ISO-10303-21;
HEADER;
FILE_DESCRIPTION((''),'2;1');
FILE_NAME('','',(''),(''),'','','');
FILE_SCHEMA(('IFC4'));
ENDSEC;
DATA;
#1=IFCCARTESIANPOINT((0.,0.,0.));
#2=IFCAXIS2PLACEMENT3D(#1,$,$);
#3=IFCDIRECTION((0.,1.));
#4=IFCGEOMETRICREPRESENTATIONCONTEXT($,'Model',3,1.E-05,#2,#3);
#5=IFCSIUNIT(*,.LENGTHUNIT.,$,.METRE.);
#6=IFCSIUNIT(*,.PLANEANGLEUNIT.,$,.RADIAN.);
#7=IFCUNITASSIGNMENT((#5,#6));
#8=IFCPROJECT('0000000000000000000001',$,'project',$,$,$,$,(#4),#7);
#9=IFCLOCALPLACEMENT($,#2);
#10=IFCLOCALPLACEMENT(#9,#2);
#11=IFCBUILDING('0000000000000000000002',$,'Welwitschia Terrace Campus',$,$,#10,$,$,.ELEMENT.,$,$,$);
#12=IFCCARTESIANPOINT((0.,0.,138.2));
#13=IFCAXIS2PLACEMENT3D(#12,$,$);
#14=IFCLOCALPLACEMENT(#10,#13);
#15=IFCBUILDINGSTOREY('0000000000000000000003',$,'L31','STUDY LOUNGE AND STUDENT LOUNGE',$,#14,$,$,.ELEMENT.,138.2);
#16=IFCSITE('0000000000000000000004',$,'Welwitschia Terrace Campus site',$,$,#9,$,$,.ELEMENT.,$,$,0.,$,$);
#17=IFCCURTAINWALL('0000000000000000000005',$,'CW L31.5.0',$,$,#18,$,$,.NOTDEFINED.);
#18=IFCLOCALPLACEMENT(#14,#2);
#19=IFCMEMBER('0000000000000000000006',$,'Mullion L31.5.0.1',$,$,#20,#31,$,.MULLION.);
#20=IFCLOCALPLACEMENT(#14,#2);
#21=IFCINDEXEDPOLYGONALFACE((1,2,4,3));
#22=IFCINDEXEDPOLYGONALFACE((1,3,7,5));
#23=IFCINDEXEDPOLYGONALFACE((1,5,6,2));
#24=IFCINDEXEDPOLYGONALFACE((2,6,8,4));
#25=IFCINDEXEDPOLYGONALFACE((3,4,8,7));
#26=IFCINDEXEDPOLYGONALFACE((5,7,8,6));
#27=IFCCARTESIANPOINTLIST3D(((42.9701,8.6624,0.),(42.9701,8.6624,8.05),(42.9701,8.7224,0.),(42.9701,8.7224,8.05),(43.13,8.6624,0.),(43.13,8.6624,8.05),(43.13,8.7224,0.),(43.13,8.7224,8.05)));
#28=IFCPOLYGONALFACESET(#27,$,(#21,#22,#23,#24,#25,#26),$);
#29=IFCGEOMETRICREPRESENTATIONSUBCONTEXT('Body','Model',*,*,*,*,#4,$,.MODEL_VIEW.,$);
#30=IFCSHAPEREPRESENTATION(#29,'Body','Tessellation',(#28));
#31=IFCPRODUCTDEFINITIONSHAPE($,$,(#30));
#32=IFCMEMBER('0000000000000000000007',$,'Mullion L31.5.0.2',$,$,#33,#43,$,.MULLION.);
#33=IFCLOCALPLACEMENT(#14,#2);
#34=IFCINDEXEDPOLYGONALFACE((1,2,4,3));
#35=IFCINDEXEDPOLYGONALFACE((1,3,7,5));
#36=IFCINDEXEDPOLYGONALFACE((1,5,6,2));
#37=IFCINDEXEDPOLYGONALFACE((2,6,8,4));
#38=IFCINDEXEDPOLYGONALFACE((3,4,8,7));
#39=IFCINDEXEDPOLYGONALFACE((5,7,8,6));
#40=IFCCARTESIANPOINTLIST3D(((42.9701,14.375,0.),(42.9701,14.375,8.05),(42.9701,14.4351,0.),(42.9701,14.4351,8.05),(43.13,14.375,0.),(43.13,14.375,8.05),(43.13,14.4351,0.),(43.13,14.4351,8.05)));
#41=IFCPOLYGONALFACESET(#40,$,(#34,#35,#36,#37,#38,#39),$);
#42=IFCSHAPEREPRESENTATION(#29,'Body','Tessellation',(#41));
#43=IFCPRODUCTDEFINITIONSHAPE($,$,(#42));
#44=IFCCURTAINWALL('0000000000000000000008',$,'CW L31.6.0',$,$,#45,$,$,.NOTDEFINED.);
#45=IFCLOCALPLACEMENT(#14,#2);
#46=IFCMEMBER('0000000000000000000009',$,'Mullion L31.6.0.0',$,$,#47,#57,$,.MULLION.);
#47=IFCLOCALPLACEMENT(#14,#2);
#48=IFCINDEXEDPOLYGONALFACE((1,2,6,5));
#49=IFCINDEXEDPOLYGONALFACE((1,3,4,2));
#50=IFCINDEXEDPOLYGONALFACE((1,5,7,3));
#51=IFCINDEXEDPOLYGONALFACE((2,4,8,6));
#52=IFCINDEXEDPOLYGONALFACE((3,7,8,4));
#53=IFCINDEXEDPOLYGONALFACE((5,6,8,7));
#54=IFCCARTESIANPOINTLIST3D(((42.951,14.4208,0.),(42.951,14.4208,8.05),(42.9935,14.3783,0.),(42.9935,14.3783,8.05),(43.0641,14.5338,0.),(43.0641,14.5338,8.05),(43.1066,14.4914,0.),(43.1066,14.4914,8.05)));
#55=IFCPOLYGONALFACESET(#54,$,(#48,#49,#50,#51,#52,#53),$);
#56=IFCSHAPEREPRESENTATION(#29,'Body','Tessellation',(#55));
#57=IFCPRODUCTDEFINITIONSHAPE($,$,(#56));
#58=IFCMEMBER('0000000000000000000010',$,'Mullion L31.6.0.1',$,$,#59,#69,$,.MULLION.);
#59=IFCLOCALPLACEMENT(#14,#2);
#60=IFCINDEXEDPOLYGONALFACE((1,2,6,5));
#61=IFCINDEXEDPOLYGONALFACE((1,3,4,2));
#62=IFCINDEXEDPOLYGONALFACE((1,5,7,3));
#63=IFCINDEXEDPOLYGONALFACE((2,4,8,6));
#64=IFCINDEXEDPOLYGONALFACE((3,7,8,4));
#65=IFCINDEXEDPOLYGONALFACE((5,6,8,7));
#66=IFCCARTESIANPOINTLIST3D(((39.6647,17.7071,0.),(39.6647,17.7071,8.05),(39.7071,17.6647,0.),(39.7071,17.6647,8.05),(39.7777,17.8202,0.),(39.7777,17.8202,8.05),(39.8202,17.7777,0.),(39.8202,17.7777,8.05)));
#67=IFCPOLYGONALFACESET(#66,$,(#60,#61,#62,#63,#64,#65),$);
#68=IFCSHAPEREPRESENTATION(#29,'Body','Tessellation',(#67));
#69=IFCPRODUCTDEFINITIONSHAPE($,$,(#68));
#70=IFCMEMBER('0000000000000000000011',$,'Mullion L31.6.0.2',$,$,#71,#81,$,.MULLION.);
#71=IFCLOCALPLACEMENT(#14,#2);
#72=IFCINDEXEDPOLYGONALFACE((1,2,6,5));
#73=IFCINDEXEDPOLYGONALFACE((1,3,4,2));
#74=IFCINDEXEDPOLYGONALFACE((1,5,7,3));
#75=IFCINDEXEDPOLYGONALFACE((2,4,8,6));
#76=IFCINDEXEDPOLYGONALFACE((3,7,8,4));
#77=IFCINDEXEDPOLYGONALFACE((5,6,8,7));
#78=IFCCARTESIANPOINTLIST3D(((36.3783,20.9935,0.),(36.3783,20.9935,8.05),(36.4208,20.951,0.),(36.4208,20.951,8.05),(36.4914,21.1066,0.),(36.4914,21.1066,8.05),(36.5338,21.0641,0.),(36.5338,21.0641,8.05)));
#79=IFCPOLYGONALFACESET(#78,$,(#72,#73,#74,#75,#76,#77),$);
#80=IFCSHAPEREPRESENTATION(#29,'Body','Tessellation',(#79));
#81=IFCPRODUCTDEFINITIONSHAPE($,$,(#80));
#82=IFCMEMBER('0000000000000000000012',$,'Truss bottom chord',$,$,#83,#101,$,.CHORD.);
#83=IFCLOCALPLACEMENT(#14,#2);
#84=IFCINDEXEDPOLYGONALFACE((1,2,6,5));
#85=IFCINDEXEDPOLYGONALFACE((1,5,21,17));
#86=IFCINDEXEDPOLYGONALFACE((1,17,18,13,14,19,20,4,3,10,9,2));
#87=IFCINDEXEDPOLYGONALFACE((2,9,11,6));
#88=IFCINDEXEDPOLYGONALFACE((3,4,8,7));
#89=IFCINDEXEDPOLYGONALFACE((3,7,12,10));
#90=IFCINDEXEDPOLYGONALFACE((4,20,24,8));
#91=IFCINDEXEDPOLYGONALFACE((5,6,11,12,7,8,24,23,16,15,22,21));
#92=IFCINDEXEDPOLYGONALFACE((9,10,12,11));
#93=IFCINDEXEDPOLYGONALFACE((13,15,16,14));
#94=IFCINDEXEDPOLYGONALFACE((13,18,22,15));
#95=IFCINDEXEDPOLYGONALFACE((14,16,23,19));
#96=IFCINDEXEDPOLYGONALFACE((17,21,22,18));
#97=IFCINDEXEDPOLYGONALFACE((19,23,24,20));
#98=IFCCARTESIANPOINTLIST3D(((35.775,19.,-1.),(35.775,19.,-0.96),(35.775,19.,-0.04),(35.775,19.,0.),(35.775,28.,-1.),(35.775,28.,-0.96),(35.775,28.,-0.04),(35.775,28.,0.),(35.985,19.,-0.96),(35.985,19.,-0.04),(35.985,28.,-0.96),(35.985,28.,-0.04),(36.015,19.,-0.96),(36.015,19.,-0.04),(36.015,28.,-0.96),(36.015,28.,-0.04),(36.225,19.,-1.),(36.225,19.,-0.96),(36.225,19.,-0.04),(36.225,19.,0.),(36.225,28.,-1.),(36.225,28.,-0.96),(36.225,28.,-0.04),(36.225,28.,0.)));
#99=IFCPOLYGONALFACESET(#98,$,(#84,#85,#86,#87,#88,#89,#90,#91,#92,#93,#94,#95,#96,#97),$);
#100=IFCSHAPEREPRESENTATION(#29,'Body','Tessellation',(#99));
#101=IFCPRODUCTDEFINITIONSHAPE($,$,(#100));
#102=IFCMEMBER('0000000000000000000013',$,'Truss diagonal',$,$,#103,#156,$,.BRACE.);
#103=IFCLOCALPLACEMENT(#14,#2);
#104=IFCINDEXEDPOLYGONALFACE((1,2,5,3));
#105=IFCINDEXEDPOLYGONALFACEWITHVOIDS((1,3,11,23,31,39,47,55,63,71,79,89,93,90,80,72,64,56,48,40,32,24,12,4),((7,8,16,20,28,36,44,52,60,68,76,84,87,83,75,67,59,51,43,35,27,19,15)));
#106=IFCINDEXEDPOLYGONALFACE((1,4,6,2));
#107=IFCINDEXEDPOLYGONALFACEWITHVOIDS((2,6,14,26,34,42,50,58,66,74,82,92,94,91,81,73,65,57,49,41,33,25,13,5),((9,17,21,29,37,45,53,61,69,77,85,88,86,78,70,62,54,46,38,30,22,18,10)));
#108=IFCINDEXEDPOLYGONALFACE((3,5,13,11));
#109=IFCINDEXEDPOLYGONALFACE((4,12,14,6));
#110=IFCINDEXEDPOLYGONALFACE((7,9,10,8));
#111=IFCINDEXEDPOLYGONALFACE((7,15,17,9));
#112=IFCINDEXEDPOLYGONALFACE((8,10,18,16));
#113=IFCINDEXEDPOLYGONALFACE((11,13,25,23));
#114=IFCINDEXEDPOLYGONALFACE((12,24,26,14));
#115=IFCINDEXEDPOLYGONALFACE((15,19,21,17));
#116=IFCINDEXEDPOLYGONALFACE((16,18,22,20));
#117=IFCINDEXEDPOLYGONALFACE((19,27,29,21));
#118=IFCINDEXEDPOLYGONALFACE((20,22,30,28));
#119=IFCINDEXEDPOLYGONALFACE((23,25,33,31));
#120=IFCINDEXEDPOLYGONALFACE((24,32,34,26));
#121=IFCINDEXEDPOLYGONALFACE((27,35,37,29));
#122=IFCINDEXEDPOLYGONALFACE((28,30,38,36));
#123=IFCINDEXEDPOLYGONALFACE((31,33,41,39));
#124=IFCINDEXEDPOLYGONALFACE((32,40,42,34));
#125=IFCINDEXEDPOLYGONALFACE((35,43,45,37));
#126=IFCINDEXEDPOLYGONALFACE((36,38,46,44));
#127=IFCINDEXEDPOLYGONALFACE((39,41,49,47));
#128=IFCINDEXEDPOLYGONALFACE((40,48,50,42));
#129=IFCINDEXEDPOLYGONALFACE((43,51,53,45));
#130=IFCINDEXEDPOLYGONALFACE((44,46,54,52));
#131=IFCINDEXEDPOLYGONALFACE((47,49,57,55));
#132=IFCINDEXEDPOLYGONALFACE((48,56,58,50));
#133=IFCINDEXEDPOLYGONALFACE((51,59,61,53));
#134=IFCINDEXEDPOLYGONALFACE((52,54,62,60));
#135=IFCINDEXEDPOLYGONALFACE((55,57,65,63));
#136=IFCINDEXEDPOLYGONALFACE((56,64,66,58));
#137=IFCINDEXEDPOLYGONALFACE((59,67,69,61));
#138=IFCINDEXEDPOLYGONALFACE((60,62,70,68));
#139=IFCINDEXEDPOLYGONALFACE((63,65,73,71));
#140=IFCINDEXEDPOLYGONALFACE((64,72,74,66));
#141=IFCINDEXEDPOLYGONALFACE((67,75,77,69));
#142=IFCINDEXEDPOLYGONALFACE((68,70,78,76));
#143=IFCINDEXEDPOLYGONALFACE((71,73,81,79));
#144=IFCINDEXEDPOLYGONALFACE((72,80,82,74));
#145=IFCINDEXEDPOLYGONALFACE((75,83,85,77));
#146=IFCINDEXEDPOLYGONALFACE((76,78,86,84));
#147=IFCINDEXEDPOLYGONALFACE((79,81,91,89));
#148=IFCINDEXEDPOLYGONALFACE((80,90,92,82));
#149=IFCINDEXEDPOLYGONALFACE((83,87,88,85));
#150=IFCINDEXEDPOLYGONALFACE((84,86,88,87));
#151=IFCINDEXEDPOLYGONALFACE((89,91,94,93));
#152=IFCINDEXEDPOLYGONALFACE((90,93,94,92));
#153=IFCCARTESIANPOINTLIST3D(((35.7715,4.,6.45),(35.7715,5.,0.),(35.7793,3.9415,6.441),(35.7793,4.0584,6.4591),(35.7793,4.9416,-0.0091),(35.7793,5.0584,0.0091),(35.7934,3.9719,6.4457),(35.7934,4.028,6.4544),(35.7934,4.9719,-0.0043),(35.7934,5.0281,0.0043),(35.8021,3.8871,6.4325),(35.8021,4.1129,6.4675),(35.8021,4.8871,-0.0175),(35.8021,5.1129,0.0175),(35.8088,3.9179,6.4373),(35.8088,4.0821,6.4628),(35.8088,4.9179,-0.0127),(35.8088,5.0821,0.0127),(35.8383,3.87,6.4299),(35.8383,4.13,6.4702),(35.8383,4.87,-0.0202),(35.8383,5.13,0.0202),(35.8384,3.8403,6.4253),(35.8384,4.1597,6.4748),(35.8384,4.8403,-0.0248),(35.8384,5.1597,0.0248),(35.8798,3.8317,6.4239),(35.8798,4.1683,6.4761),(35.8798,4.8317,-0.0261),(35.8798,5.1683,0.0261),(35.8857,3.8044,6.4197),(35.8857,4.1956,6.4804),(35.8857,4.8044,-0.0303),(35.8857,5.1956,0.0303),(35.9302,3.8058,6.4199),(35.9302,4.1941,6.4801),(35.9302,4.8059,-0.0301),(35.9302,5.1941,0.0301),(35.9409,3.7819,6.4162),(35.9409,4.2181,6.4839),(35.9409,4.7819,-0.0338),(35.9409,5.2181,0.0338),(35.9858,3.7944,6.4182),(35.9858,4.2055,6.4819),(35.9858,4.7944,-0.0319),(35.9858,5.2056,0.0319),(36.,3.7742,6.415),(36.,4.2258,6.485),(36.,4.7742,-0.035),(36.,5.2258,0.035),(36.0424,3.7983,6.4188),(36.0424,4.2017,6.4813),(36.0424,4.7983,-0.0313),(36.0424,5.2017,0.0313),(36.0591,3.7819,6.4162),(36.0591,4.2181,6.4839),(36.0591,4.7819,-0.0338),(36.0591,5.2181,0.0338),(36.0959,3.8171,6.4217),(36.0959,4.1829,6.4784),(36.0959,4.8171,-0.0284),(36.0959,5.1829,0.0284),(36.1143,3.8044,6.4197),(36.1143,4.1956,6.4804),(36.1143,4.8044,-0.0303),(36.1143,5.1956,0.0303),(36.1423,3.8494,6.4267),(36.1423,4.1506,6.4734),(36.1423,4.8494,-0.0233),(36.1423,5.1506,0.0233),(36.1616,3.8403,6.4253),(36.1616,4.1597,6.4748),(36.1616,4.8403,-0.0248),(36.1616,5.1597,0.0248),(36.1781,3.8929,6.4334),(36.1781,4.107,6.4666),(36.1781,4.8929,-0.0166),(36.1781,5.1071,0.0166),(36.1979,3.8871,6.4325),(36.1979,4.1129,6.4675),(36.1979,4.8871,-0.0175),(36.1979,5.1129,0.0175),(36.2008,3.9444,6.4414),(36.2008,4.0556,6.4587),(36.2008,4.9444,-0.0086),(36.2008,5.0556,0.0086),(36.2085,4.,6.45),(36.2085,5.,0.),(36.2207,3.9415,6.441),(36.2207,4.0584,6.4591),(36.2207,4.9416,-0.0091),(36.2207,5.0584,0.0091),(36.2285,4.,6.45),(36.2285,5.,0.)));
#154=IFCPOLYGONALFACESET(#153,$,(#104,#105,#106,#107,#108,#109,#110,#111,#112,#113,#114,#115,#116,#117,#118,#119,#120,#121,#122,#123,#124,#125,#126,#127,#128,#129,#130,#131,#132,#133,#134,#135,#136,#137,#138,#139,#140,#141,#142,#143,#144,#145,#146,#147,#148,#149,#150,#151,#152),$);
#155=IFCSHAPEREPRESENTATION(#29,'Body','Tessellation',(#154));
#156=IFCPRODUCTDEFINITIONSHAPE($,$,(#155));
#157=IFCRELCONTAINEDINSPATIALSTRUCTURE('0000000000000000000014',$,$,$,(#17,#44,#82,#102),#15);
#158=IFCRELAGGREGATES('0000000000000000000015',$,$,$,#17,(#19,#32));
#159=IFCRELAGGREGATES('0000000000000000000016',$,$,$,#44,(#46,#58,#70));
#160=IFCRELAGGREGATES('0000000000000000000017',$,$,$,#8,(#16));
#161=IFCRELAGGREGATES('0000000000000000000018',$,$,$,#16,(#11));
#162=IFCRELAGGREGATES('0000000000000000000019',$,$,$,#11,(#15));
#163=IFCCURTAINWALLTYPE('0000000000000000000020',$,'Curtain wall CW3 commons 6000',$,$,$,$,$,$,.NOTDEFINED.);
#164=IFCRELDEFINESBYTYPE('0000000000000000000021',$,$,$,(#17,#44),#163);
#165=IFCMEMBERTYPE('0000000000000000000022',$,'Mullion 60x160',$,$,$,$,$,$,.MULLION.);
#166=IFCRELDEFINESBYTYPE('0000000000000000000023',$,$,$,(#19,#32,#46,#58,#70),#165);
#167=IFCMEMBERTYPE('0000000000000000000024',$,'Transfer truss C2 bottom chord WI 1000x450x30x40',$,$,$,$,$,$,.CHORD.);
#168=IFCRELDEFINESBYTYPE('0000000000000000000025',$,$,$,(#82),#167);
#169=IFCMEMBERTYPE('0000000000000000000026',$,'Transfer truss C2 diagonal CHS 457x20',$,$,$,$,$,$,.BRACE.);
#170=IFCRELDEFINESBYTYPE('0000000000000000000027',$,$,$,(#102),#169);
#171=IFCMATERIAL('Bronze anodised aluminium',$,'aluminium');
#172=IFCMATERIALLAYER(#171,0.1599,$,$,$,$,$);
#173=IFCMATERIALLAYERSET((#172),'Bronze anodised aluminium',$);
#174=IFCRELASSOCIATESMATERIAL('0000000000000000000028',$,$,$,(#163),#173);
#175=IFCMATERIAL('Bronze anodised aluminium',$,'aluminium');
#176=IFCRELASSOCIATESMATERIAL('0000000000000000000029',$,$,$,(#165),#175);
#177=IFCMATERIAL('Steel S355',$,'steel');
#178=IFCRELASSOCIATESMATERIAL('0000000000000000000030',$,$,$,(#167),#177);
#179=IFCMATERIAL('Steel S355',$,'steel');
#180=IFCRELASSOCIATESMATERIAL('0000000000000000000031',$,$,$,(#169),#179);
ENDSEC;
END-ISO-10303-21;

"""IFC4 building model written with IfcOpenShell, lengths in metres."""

from ifc_helpers import new_model, si_unit, direction, frame, origin, origin_2d, place, context, subcontext, project, spatial, rectangle, hollow_circle, i_section, extrude, material, layer, layer_set, material_profile, profile_set, type_object, element, aggregate, save


model = new_model("IFC4")

# Units and contexts
model_context = context("Model", 3, precision=1e-05, world=origin(), true_north=direction((0.0, 1.0)))
body_context = subcontext(model_context, "Body", "Model", "MODEL_VIEW")
ifc_project = project(units=[si_unit("LENGTHUNIT", "METRE"), si_unit("PLANEANGLEUNIT", "RADIAN")], contexts=[model_context])

# Site, building, storey
site_placement = place(None, origin())
site = spatial("IfcSite", under=ifc_project, at=site_placement, Name="Welwitschia Terrace Campus site", CompositionType="ELEMENT", RefElevation=0.0)
building_placement = place(site_placement, origin())
building = spatial("IfcBuilding", under=site, at=building_placement, Name="Welwitschia Terrace Campus", CompositionType="ELEMENT")
storey_placement = place(building_placement, frame((0.0, 0.0, 138.2)))
storey = spatial("IfcBuildingStorey", under=building, at=storey_placement, Name="L31", Description="STUDY LOUNGE AND STUDENT LOUNGE", CompositionType="ELEMENT", Elevation=138.2)

# Curtain walls, members
ifc_material_1 = material(Name="Bronze anodised aluminium", Category="aluminium")
ifc_layer_1 = layer(ifc_material_1, 0.1599)
ifc_layer_set_1 = layer_set([ifc_layer_1], Name="Bronze anodised aluminium")
curtain_wall_type = type_object("IfcCurtainWallType", Name="Curtain wall CW3 commons 6000", PredefinedType="NOTDEFINED", material=ifc_layer_set_1)
curtain_wall_1_placement = place(storey_placement, origin())
curtain_wall_1 = element("IfcCurtainWall", 1, at=curtain_wall_1_placement, inside=storey, type_object=curtain_wall_type, Name="CW L31.5.0", PredefinedType="NOTDEFINED")
ifc_material_2 = material(Name="Bronze anodised aluminium", Category="aluminium")
ifc_material_profile_1 = material_profile(ifc_material_2, rectangle(XDim=0.1599, YDim=0.0601, at=origin_2d()))
ifc_profile_set_1 = profile_set([ifc_material_profile_1], Name="Bronze anodised aluminium")
member_type_1 = type_object("IfcMemberType", Name="Mullion 60x160", PredefinedType="MULLION", material=ifc_profile_set_1)
member_1_placement = place(storey_placement, frame((43.05, 8.6924, 0.0), z_axis=(0.0, 0.0, 1.0), x_axis=(-1.0, 0.0, 0.0)))
member_1 = element("IfcMember", 2, at=member_1_placement, type_object=member_type_1, Name="Mullion L31.5.0.1", PredefinedType="MULLION", context=body_context, shape_type="SweptSolid", body=[
    extrude(rectangle(XDim=0.1599, YDim=0.0601, at=origin_2d()), origin(), (0.0, 0.0, 1.0), 8.05),
])
member_2_placement = place(storey_placement, frame((43.05, 14.405, 0.0), z_axis=(0.0, 0.0, 1.0), x_axis=(-1.0, 0.0, 0.0)))
member_2 = element("IfcMember", 3, at=member_2_placement, type_object=member_type_1, Name="Mullion L31.5.0.2", PredefinedType="MULLION", context=body_context, shape_type="SweptSolid", body=[
    extrude(rectangle(XDim=0.1599, YDim=0.0601, at=origin_2d()), origin(), (0.0, 0.0, 1.0), 8.05),
])
curtain_wall_2_placement = place(storey_placement, origin())
curtain_wall_2 = element("IfcCurtainWall", 4, at=curtain_wall_2_placement, inside=storey, type_object=curtain_wall_type, Name="CW L31.6.0", PredefinedType="NOTDEFINED")
member_3_placement = place(storey_placement, frame((43.0288, 14.4561, 0.0), z_axis=(0.0, 0.0, 1.0), x_axis=(-0.707107, -0.707107, 0.0)))
member_3 = element("IfcMember", 5, at=member_3_placement, type_object=member_type_1, Name="Mullion L31.6.0.0", PredefinedType="MULLION", context=body_context, shape_type="SweptSolid", body=[
    extrude(rectangle(XDim=0.1599, YDim=0.0601, at=origin_2d()), origin(), (0.0, 0.0, 1.0), 8.05),
])
member_4_placement = place(storey_placement, frame((39.7424, 17.7424, 0.0), z_axis=(0.0, 0.0, 1.0), x_axis=(-0.707107, -0.707107, 0.0)))
member_4 = element("IfcMember", 6, at=member_4_placement, type_object=member_type_1, Name="Mullion L31.6.0.1", PredefinedType="MULLION", context=body_context, shape_type="SweptSolid", body=[
    extrude(rectangle(XDim=0.1599, YDim=0.0601, at=origin_2d()), origin(), (0.0, 0.0, 1.0), 8.05),
])
member_5_placement = place(storey_placement, frame((36.4561, 21.0288, 0.0), z_axis=(0.0, 0.0, 1.0), x_axis=(-0.707107, -0.707107, 0.0)))
member_5 = element("IfcMember", 7, at=member_5_placement, type_object=member_type_1, Name="Mullion L31.6.0.2", PredefinedType="MULLION", context=body_context, shape_type="SweptSolid", body=[
    extrude(rectangle(XDim=0.1599, YDim=0.0601, at=origin_2d()), origin(), (0.0, 0.0, 1.0), 8.05),
])

# Members
ifc_material_3 = material(Name="Steel S355", Category="steel")
ifc_material_profile_2 = material_profile(ifc_material_3, i_section(OverallWidth=0.45, OverallDepth=1.0, WebThickness=0.03, FlangeThickness=0.04, at=origin_2d()))
ifc_profile_set_2 = profile_set([ifc_material_profile_2], Name="Steel S355")
member_type_2 = type_object("IfcMemberType", Name="Transfer truss C2 bottom chord WI 1000x450x30x40", PredefinedType="CHORD", material=ifc_profile_set_2)
member_6_placement = place(storey_placement, frame((36.0, 19.0, -0.5), z_axis=(0.0, 1.0, 0.0), x_axis=(-1.0, 0.0, 0.0)))
element("IfcMember", 8, at=member_6_placement, inside=storey, type_object=member_type_2, Name="Truss bottom chord", PredefinedType="CHORD", context=body_context, shape_type="SweptSolid", body=[
    extrude(i_section(OverallWidth=0.45, OverallDepth=1.0, WebThickness=0.03, FlangeThickness=0.04, at=origin_2d()), origin(), (0.0, 0.0, 1.0), 9.0),
])
ifc_material_4 = material(Name="Steel S355", Category="steel")
ifc_material_profile_3 = material_profile(ifc_material_4, hollow_circle(Radius=0.2285, WallThickness=0.02, at=origin_2d()))
ifc_profile_set_3 = profile_set([ifc_material_profile_3], Name="Steel S355")
member_type_3 = type_object("IfcMemberType", Name="Transfer truss C2 diagonal CHS 457x20", PredefinedType="BRACE", material=ifc_profile_set_3)
member_7_placement = place(storey_placement, frame((36.0, 5.0, 0.0), z_axis=(0.0, -0.153209, 0.988194), x_axis=(1.0, 0.0, 0.0)))
element("IfcMember", 9, at=member_7_placement, inside=storey, type_object=member_type_3, Name="Truss diagonal", PredefinedType="BRACE", context=body_context, shape_type="SweptSolid", body=[
    extrude(hollow_circle(Radius=0.2285, WallThickness=0.02, at=origin_2d()), origin(), (0.0, 0.0, 1.0), 6.5271),
])

aggregate(curtain_wall_1, [member_1, member_2])
aggregate(curtain_wall_2, [member_3, member_4, member_5])

save(model, "model.ifc")
